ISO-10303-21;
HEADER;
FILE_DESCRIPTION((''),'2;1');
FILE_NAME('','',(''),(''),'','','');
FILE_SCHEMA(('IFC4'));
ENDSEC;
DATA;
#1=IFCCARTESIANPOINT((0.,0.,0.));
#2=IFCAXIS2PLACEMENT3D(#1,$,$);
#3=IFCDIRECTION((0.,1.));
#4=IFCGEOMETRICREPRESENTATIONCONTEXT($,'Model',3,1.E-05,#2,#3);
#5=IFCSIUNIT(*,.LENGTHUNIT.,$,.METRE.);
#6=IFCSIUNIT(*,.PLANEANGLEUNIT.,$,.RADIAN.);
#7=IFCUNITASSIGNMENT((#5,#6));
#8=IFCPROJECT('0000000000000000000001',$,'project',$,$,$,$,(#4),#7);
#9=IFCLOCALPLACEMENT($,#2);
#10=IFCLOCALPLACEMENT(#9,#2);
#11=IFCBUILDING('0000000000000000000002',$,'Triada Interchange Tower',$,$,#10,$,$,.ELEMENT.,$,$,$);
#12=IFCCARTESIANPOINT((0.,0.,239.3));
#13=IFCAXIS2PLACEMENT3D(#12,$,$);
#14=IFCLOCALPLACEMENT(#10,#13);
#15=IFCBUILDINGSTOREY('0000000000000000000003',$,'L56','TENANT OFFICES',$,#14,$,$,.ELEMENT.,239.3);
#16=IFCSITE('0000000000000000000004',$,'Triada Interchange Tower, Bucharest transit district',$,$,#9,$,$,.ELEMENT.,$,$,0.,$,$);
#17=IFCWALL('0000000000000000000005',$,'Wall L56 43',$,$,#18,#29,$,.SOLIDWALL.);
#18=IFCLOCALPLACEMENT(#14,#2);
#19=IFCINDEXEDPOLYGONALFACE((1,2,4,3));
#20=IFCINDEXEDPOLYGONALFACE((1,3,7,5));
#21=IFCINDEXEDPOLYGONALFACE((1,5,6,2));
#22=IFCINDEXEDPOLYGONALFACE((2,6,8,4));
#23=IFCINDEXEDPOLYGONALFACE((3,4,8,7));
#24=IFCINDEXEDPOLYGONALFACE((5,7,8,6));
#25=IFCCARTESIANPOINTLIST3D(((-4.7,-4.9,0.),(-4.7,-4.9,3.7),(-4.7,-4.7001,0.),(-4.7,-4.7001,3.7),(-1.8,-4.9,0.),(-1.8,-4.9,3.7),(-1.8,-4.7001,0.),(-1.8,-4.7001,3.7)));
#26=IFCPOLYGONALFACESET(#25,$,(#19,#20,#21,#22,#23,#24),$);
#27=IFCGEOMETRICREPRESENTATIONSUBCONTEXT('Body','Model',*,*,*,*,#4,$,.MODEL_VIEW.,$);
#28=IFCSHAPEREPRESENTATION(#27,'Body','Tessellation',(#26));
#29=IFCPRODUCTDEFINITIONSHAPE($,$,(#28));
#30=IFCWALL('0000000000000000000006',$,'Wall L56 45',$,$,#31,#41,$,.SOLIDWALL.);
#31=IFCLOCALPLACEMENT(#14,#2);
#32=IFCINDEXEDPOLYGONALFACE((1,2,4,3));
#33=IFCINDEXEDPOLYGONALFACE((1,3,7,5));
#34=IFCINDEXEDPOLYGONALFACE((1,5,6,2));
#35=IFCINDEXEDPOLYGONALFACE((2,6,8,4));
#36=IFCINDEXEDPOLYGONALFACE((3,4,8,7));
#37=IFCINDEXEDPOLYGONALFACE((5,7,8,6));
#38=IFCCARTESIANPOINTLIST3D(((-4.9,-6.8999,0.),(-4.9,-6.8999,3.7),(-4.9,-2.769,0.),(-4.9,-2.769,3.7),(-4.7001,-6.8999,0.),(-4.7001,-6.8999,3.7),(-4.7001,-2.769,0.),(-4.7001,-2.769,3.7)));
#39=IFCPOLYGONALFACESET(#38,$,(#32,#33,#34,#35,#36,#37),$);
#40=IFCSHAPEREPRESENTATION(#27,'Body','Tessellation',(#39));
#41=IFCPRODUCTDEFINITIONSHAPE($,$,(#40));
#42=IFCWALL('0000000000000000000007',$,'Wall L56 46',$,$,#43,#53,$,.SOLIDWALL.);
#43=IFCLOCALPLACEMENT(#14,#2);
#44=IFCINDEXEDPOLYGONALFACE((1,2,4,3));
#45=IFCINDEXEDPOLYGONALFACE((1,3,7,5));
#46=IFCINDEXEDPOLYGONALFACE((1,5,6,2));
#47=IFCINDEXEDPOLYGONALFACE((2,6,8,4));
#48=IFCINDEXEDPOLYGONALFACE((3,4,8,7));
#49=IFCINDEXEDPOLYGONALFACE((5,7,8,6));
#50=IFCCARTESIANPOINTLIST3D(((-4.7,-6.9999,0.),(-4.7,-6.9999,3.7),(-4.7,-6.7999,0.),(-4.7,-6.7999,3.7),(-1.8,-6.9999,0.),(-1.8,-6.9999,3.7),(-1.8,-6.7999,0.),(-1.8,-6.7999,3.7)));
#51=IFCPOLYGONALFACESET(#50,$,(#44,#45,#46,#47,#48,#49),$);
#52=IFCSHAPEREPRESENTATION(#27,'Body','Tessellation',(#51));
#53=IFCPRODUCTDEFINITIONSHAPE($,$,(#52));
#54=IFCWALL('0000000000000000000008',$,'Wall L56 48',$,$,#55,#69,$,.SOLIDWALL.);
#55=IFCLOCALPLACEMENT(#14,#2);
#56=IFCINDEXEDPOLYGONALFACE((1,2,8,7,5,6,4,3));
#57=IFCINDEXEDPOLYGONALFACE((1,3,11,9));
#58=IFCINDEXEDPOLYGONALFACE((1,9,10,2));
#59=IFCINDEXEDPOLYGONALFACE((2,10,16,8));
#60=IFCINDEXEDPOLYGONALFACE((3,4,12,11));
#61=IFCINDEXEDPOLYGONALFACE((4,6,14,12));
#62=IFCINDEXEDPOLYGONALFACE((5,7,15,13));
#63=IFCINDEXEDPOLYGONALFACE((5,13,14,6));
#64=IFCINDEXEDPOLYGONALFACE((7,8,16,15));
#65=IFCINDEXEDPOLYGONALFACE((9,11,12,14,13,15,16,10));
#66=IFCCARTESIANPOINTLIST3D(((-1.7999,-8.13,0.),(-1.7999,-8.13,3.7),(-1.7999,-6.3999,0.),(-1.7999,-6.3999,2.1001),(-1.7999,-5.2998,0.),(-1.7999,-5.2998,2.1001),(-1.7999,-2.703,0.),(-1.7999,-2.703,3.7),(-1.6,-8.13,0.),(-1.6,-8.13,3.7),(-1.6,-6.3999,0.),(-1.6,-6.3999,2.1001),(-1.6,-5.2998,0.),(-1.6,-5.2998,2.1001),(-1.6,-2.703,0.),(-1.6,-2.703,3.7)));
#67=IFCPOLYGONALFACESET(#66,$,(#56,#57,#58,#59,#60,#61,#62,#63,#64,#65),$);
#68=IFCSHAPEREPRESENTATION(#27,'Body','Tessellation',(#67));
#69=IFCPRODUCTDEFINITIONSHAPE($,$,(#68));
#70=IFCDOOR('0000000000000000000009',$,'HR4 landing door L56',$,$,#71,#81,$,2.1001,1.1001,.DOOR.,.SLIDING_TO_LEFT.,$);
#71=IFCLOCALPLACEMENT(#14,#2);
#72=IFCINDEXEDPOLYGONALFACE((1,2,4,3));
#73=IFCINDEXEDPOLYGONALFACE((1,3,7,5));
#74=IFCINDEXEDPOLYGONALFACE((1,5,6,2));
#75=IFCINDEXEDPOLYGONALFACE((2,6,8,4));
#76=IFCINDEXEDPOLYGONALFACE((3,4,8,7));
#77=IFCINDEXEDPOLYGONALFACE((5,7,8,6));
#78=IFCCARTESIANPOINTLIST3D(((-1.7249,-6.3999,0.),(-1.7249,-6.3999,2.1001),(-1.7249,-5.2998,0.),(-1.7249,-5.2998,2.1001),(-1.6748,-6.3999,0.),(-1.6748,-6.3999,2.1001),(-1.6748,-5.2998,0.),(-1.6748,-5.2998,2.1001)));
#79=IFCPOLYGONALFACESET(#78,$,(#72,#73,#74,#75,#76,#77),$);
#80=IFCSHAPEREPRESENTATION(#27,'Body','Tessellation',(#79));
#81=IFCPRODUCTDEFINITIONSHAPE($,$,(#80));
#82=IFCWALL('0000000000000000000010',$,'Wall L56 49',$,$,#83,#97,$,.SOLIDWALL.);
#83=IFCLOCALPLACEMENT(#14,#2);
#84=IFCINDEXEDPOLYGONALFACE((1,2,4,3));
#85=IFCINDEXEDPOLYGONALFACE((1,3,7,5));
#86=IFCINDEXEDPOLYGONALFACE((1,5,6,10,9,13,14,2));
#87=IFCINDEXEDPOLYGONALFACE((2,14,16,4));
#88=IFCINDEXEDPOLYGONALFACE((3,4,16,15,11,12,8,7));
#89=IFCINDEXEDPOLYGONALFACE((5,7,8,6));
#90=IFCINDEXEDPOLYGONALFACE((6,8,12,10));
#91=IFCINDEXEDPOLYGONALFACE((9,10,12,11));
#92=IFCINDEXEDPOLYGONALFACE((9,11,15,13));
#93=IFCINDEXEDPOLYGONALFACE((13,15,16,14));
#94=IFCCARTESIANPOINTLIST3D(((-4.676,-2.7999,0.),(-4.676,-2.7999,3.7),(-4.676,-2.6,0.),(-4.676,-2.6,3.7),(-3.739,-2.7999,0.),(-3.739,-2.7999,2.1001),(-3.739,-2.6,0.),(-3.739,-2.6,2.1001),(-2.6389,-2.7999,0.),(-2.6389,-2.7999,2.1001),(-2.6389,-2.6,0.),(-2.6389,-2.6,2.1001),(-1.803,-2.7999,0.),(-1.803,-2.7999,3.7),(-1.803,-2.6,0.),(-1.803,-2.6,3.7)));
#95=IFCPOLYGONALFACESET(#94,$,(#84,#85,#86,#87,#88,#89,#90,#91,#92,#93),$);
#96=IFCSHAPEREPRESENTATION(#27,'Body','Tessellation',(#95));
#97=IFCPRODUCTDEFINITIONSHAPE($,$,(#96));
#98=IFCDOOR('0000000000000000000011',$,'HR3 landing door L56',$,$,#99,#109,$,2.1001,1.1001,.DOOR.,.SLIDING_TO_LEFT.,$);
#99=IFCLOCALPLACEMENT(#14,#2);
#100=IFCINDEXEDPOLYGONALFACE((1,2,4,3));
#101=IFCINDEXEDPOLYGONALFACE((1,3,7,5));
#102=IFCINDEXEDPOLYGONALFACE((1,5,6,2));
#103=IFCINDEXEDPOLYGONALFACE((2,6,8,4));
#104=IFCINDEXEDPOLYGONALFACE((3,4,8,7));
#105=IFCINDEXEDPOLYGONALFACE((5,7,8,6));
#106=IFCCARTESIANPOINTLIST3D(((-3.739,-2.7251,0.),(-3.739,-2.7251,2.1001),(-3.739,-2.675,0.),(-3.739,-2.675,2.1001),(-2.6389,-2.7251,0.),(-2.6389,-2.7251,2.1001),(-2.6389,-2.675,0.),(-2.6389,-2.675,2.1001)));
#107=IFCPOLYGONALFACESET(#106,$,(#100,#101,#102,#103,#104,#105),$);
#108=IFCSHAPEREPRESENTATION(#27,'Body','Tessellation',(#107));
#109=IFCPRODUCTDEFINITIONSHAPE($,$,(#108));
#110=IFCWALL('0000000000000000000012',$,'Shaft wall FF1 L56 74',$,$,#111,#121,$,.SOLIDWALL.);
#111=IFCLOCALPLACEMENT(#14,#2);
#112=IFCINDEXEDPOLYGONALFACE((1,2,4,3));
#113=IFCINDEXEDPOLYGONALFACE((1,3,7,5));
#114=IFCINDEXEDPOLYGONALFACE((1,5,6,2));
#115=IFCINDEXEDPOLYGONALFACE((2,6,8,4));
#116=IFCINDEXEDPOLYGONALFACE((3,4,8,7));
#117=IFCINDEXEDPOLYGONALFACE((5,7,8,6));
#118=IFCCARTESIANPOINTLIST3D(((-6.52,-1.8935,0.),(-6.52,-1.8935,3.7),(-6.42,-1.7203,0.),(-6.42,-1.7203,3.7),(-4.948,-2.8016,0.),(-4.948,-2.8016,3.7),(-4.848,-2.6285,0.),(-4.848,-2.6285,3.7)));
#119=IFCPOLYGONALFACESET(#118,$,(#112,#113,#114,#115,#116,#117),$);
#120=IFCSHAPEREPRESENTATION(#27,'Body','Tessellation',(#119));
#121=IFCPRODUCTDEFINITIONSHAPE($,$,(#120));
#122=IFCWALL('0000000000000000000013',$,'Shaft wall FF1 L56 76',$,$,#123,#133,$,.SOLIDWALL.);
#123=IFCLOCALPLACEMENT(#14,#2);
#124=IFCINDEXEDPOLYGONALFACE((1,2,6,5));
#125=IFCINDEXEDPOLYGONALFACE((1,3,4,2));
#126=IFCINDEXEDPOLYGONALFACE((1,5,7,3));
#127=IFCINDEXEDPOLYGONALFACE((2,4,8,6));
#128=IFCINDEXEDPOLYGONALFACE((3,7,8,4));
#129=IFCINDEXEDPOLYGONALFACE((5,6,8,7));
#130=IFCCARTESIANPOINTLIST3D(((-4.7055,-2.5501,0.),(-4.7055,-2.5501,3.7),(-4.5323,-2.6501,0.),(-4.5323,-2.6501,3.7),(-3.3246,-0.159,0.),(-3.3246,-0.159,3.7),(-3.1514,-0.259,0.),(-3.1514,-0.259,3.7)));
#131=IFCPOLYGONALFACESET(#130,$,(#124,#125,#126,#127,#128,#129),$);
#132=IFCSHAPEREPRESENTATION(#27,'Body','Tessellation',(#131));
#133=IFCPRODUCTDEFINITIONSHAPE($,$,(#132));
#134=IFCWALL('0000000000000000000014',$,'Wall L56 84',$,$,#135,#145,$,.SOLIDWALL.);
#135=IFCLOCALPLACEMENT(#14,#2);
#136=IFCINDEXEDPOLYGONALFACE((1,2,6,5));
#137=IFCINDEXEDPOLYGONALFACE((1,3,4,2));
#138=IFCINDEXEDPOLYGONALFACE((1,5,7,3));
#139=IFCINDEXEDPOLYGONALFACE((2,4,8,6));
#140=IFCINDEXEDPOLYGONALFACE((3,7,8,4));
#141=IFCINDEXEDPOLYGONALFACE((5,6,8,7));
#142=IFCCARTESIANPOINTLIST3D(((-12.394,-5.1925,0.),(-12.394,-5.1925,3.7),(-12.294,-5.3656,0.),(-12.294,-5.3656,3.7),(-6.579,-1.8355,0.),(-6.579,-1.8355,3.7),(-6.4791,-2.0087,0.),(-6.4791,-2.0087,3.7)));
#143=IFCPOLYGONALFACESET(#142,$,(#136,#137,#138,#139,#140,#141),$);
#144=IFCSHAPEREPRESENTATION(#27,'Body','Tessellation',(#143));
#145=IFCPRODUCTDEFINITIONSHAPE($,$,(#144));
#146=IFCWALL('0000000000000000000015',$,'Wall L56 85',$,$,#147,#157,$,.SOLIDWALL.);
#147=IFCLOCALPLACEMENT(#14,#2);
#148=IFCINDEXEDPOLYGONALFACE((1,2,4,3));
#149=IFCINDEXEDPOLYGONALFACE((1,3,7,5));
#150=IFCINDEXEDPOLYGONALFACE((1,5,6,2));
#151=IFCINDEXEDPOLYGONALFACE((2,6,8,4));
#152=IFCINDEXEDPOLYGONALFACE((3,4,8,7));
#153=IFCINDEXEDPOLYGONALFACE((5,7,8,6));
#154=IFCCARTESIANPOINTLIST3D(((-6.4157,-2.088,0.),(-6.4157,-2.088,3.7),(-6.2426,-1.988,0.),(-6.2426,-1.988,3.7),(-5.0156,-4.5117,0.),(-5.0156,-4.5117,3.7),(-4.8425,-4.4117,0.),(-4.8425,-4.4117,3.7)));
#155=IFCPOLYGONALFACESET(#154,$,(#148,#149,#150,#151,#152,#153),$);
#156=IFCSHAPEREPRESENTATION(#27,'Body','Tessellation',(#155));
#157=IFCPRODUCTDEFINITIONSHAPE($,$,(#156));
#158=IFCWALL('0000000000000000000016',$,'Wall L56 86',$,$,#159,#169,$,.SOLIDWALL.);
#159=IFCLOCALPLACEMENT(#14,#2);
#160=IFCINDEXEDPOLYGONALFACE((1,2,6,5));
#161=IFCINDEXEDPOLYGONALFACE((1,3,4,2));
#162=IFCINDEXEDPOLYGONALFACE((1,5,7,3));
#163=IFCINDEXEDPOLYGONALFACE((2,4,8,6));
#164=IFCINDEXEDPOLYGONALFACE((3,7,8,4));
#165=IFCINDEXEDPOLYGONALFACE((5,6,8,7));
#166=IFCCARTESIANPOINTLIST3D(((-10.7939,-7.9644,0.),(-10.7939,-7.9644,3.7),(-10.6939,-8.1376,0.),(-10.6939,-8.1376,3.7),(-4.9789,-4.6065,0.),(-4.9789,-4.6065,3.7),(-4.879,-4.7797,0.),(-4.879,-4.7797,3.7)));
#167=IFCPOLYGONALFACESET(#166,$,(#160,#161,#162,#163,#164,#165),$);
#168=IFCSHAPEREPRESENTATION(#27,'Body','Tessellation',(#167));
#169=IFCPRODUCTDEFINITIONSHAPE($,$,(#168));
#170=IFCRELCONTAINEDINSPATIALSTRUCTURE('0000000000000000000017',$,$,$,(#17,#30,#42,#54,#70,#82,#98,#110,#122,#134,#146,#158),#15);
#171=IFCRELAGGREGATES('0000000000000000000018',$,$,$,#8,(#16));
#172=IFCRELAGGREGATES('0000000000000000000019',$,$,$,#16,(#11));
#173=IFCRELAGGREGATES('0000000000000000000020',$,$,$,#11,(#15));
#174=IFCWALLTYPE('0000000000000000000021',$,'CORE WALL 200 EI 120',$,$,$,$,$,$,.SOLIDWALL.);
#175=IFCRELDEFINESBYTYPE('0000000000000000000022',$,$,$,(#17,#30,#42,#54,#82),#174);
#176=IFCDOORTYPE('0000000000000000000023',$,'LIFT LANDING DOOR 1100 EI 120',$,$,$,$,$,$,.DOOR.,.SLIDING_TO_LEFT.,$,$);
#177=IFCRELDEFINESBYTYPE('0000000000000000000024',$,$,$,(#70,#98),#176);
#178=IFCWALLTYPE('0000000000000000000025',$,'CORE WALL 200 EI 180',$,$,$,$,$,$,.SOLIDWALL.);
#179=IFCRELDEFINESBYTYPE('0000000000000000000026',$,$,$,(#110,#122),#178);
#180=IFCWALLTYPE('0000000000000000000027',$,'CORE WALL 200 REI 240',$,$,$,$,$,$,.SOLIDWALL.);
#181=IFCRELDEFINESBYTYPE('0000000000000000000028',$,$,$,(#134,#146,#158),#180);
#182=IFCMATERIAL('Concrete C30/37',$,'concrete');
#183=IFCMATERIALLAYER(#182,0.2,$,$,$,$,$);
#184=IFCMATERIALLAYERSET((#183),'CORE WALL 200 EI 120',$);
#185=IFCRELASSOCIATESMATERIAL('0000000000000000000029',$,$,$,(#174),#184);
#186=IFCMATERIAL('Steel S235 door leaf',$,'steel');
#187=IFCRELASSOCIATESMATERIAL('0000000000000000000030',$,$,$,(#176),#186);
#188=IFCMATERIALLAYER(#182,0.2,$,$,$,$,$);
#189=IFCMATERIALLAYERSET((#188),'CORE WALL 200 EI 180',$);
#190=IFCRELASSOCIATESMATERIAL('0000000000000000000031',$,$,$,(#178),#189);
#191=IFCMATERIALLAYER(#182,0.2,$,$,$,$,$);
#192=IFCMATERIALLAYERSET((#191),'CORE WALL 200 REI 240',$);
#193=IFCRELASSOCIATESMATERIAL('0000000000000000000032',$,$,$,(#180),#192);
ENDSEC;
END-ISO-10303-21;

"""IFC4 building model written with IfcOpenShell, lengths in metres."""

from ifc_helpers import new_model, si_unit, direction, frame, frame_2d, origin, place, context, subcontext, project, spatial, rectangle, extrude, material, layer, layer_set, type_object, element, fill, save


model = new_model("IFC4")

# Units and contexts
model_context = context("Model", 3, precision=1e-05, world=origin(), true_north=direction((0.0, 1.0)))
body_context = subcontext(model_context, "Body", "Model", "MODEL_VIEW")
ifc_project = project(units=[si_unit("LENGTHUNIT", "METRE"), si_unit("PLANEANGLEUNIT", "RADIAN")], contexts=[model_context])

# Site, building, storey
site_placement = place(None, origin())
site = spatial("IfcSite", under=ifc_project, at=site_placement, Name="Triada Interchange Tower, Bucharest transit district", CompositionType="ELEMENT", RefElevation=0.0)
building_placement = place(site_placement, origin())
building = spatial("IfcBuilding", under=site, at=building_placement, Name="Triada Interchange Tower", CompositionType="ELEMENT")
storey_placement = place(building_placement, frame((0.0, 0.0, 239.3)))
storey = spatial("IfcBuildingStorey", under=building, at=storey_placement, Name="L56", Description="TENANT OFFICES", CompositionType="ELEMENT", Elevation=239.3)

# Walls
ifc_material_1 = material(Name="Concrete C30/37", Category="concrete")
ifc_layer_1 = layer(ifc_material_1, 0.2)
ifc_layer_set_1 = layer_set([ifc_layer_1], Name="CORE WALL 200 EI 120")
wall_type_1 = type_object("IfcWallType", Name="CORE WALL 200 EI 120", PredefinedType="SOLIDWALL", material=ifc_layer_set_1)
wall_1_placement = place(storey_placement, frame((-4.7, -4.8, 0.0), z_axis=(0.0, 0.0, 1.0), x_axis=(1.0, 0.0, 0.0)))
element("IfcWall", 1, at=wall_1_placement, inside=storey, type_object=wall_type_1, Name="Wall L56 43", PredefinedType="SOLIDWALL", context=body_context, shape_type="SweptSolid", body=[
    extrude(rectangle(XDim=2.8999, YDim=0.2, at=frame_2d((1.45, 0.0))), origin(), (0.0, 0.0, 1.0), 3.7),
])
wall_2_placement = place(storey_placement, frame((-4.8, -6.8999, 0.0), z_axis=(0.0, 0.0, 1.0), x_axis=(0.0, 1.0, 0.0)))
element("IfcWall", 2, at=wall_2_placement, inside=storey, type_object=wall_type_1, Name="Wall L56 45", PredefinedType="SOLIDWALL", context=body_context, shape_type="SweptSolid", body=[
    extrude(rectangle(XDim=4.1309, YDim=0.2, at=frame_2d((2.0654, 0.0))), origin(), (0.0, 0.0, 1.0), 3.7),
])
wall_3_placement = place(storey_placement, frame((-4.7, -6.8999, 0.0), z_axis=(0.0, 0.0, 1.0), x_axis=(1.0, 0.0, 0.0)))
element("IfcWall", 3, at=wall_3_placement, inside=storey, type_object=wall_type_1, Name="Wall L56 46", PredefinedType="SOLIDWALL", context=body_context, shape_type="SweptSolid", body=[
    extrude(rectangle(XDim=2.8999, YDim=0.2, at=frame_2d((1.45, 0.0))), origin(), (0.0, 0.0, 1.0), 3.7),
])

# Walls, openings, doors
wall_4_placement = place(storey_placement, frame((-1.7, -8.1299, 0.0), z_axis=(0.0, 0.0, 1.0), x_axis=(0.0, 1.0, 0.0)))
wall_4 = element("IfcWall", 4, at=wall_4_placement, inside=storey, type_object=wall_type_1, Name="Wall L56 48", PredefinedType="SOLIDWALL", context=body_context, shape_type="SweptSolid", body=[
    extrude(rectangle(XDim=5.427, YDim=0.2, at=frame_2d((2.7134, 0.0))), origin(), (0.0, 0.0, 1.0), 3.7),
])
opening_1_placement = place(wall_4_placement, frame((1.73, 0.0, 0.0)))
opening_1 = element("IfcOpeningElement", 5, at=opening_1_placement, cuts=wall_4, PredefinedType="OPENING", context=body_context, shape_type="SweptSolid", body=[
    extrude(rectangle(XDim=1.1001, YDim=2.1001, at=frame_2d((0.55, 1.05))), frame((0.0, 0.1099, 0.0), z_axis=(0.0, -1.0, 0.0), x_axis=(1.0, 0.0, 0.0)), (0.0, 0.0, 1.0), 0.22),
])
ifc_material_2 = material(Name="Steel S235 door leaf", Category="steel")
door_type_1 = type_object("IfcDoorType", Name="LIFT LANDING DOOR 1100 EI 120", OperationType="SLIDING_TO_LEFT", PredefinedType="DOOR", material=ifc_material_2)
door_1_placement = place(opening_1_placement, origin())
door_1 = element("IfcDoor", 6, at=door_1_placement, inside=storey, type_object=door_type_1, Name="HR4 landing door L56", OperationType="SLIDING_TO_LEFT", OverallHeight=2.1001, OverallWidth=1.1001, PredefinedType="DOOR", context=body_context, shape_type="SweptSolid", body=[
    extrude(rectangle(XDim=1.1001, YDim=2.1001, at=frame_2d((0.55, 1.05))), frame((0.0, 0.0249, 0.0), z_axis=(0.0, -1.0, 0.0), x_axis=(1.0, 0.0, 0.0)), (0.0, 0.0, 1.0), 0.05),
])
fill(opening_1, door_1)
wall_5_placement = place(storey_placement, frame((-4.676, -2.7, 0.0), z_axis=(0.0, 0.0, 1.0), x_axis=(1.0, 0.0, 0.0)))
wall_5 = element("IfcWall", 7, at=wall_5_placement, inside=storey, type_object=wall_type_1, Name="Wall L56 49", PredefinedType="SOLIDWALL", context=body_context, shape_type="SweptSolid", body=[
    extrude(rectangle(XDim=2.873, YDim=0.2, at=frame_2d((1.4365, 0.0))), origin(), (0.0, 0.0, 1.0), 3.7),
])
opening_2_placement = place(wall_5_placement, frame((0.937, 0.0, 0.0)))
opening_2 = element("IfcOpeningElement", 8, at=opening_2_placement, cuts=wall_5, PredefinedType="OPENING", context=body_context, shape_type="SweptSolid", body=[
    extrude(rectangle(XDim=1.1001, YDim=2.1001, at=frame_2d((0.55, 1.05))), frame((0.0, 0.1099, 0.0), z_axis=(0.0, -1.0, 0.0), x_axis=(1.0, 0.0, 0.0)), (0.0, 0.0, 1.0), 0.22),
])
door_2_placement = place(opening_2_placement, origin())
door_2 = element("IfcDoor", 9, at=door_2_placement, inside=storey, type_object=door_type_1, Name="HR3 landing door L56", OperationType="SLIDING_TO_LEFT", OverallHeight=2.1001, OverallWidth=1.1001, PredefinedType="DOOR", context=body_context, shape_type="SweptSolid", body=[
    extrude(rectangle(XDim=1.1001, YDim=2.1001, at=frame_2d((0.55, 1.05))), frame((0.0, 0.0249, 0.0), z_axis=(0.0, -1.0, 0.0), x_axis=(1.0, 0.0, 0.0)), (0.0, 0.0, 1.0), 0.05),
])
fill(opening_2, door_2)

# Walls
ifc_layer_2 = layer(ifc_material_1, 0.2)
ifc_layer_set_2 = layer_set([ifc_layer_2], Name="CORE WALL 200 EI 180")
wall_type_2 = type_object("IfcWallType", Name="CORE WALL 200 EI 180", PredefinedType="SOLIDWALL", material=ifc_layer_set_2)
wall_6_placement = place(storey_placement, frame((-6.47, -1.8069, 0.0), z_axis=(0.0, 0.0, 1.0), x_axis=(0.865883, -0.500246, 0.0)))
element("IfcWall", 10, at=wall_6_placement, inside=storey, type_object=wall_type_2, Name="Shaft wall FF1 L56 74", PredefinedType="SOLIDWALL", context=body_context, shape_type="SweptSolid", body=[
    extrude(rectangle(XDim=1.8154, YDim=0.2, at=frame_2d((0.9077, 0.0))), origin(), (0.0, 0.0, 1.0), 3.7),
])
wall_7_placement = place(storey_placement, frame((-4.6189, -2.6001, 0.0), z_axis=(0.0, 0.0, 1.0), x_axis=(0.500095, 0.865971, 0.0)))
element("IfcWall", 11, at=wall_7_placement, inside=storey, type_object=wall_type_2, Name="Shaft wall FF1 L56 76", PredefinedType="SOLIDWALL", context=body_context, shape_type="SweptSolid", body=[
    extrude(rectangle(XDim=2.7612, YDim=0.2, at=frame_2d((1.3806, 0.0))), origin(), (0.0, 0.0, 1.0), 3.7),
])
ifc_layer_3 = layer(ifc_material_1, 0.2)
ifc_layer_set_3 = layer_set([ifc_layer_3], Name="CORE WALL 200 REI 240")
wall_type_3 = type_object("IfcWallType", Name="CORE WALL 200 REI 240", PredefinedType="SOLIDWALL", material=ifc_layer_set_3)
wall_8_placement = place(storey_placement, frame((-12.344, -5.2791, 0.0), z_axis=(0.0, 0.0, 1.0), x_axis=(0.866046, 0.499964, 0.0)))
element("IfcWall", 12, at=wall_8_placement, inside=storey, type_object=wall_type_3, Name="Wall L56 84", PredefinedType="SOLIDWALL", context=body_context, shape_type="SweptSolid", body=[
    extrude(rectangle(XDim=6.7144, YDim=0.2, at=frame_2d((3.3572, 0.0))), origin(), (0.0, 0.0, 1.0), 3.7),
])
wall_9_placement = place(storey_placement, frame((-6.3291, -2.0381, 0.0), z_axis=(0.0, 0.0, 1.0), x_axis=(0.500201, -0.86591, 0.0)))
element("IfcWall", 13, at=wall_9_placement, inside=storey, type_object=wall_type_3, Name="Wall L56 85", PredefinedType="SOLIDWALL", context=body_context, shape_type="SweptSolid", body=[
    extrude(rectangle(XDim=2.7991, YDim=0.2, at=frame_2d((1.3994, 0.0))), origin(), (0.0, 0.0, 1.0), 3.7),
])
wall_10_placement = place(storey_placement, frame((-10.7439, -8.051, 0.0), z_axis=(0.0, 0.0, 1.0), x_axis=(0.865983, 0.500073, 0.0)))
element("IfcWall", 14, at=wall_10_placement, inside=storey, type_object=wall_type_3, Name="Wall L56 86", PredefinedType="SOLIDWALL", context=body_context, shape_type="SweptSolid", body=[
    extrude(rectangle(XDim=6.7148, YDim=0.2, at=frame_2d((3.3574, 0.0))), origin(), (0.0, 0.0, 1.0), 3.7),
])

save(model, "model.ifc")
